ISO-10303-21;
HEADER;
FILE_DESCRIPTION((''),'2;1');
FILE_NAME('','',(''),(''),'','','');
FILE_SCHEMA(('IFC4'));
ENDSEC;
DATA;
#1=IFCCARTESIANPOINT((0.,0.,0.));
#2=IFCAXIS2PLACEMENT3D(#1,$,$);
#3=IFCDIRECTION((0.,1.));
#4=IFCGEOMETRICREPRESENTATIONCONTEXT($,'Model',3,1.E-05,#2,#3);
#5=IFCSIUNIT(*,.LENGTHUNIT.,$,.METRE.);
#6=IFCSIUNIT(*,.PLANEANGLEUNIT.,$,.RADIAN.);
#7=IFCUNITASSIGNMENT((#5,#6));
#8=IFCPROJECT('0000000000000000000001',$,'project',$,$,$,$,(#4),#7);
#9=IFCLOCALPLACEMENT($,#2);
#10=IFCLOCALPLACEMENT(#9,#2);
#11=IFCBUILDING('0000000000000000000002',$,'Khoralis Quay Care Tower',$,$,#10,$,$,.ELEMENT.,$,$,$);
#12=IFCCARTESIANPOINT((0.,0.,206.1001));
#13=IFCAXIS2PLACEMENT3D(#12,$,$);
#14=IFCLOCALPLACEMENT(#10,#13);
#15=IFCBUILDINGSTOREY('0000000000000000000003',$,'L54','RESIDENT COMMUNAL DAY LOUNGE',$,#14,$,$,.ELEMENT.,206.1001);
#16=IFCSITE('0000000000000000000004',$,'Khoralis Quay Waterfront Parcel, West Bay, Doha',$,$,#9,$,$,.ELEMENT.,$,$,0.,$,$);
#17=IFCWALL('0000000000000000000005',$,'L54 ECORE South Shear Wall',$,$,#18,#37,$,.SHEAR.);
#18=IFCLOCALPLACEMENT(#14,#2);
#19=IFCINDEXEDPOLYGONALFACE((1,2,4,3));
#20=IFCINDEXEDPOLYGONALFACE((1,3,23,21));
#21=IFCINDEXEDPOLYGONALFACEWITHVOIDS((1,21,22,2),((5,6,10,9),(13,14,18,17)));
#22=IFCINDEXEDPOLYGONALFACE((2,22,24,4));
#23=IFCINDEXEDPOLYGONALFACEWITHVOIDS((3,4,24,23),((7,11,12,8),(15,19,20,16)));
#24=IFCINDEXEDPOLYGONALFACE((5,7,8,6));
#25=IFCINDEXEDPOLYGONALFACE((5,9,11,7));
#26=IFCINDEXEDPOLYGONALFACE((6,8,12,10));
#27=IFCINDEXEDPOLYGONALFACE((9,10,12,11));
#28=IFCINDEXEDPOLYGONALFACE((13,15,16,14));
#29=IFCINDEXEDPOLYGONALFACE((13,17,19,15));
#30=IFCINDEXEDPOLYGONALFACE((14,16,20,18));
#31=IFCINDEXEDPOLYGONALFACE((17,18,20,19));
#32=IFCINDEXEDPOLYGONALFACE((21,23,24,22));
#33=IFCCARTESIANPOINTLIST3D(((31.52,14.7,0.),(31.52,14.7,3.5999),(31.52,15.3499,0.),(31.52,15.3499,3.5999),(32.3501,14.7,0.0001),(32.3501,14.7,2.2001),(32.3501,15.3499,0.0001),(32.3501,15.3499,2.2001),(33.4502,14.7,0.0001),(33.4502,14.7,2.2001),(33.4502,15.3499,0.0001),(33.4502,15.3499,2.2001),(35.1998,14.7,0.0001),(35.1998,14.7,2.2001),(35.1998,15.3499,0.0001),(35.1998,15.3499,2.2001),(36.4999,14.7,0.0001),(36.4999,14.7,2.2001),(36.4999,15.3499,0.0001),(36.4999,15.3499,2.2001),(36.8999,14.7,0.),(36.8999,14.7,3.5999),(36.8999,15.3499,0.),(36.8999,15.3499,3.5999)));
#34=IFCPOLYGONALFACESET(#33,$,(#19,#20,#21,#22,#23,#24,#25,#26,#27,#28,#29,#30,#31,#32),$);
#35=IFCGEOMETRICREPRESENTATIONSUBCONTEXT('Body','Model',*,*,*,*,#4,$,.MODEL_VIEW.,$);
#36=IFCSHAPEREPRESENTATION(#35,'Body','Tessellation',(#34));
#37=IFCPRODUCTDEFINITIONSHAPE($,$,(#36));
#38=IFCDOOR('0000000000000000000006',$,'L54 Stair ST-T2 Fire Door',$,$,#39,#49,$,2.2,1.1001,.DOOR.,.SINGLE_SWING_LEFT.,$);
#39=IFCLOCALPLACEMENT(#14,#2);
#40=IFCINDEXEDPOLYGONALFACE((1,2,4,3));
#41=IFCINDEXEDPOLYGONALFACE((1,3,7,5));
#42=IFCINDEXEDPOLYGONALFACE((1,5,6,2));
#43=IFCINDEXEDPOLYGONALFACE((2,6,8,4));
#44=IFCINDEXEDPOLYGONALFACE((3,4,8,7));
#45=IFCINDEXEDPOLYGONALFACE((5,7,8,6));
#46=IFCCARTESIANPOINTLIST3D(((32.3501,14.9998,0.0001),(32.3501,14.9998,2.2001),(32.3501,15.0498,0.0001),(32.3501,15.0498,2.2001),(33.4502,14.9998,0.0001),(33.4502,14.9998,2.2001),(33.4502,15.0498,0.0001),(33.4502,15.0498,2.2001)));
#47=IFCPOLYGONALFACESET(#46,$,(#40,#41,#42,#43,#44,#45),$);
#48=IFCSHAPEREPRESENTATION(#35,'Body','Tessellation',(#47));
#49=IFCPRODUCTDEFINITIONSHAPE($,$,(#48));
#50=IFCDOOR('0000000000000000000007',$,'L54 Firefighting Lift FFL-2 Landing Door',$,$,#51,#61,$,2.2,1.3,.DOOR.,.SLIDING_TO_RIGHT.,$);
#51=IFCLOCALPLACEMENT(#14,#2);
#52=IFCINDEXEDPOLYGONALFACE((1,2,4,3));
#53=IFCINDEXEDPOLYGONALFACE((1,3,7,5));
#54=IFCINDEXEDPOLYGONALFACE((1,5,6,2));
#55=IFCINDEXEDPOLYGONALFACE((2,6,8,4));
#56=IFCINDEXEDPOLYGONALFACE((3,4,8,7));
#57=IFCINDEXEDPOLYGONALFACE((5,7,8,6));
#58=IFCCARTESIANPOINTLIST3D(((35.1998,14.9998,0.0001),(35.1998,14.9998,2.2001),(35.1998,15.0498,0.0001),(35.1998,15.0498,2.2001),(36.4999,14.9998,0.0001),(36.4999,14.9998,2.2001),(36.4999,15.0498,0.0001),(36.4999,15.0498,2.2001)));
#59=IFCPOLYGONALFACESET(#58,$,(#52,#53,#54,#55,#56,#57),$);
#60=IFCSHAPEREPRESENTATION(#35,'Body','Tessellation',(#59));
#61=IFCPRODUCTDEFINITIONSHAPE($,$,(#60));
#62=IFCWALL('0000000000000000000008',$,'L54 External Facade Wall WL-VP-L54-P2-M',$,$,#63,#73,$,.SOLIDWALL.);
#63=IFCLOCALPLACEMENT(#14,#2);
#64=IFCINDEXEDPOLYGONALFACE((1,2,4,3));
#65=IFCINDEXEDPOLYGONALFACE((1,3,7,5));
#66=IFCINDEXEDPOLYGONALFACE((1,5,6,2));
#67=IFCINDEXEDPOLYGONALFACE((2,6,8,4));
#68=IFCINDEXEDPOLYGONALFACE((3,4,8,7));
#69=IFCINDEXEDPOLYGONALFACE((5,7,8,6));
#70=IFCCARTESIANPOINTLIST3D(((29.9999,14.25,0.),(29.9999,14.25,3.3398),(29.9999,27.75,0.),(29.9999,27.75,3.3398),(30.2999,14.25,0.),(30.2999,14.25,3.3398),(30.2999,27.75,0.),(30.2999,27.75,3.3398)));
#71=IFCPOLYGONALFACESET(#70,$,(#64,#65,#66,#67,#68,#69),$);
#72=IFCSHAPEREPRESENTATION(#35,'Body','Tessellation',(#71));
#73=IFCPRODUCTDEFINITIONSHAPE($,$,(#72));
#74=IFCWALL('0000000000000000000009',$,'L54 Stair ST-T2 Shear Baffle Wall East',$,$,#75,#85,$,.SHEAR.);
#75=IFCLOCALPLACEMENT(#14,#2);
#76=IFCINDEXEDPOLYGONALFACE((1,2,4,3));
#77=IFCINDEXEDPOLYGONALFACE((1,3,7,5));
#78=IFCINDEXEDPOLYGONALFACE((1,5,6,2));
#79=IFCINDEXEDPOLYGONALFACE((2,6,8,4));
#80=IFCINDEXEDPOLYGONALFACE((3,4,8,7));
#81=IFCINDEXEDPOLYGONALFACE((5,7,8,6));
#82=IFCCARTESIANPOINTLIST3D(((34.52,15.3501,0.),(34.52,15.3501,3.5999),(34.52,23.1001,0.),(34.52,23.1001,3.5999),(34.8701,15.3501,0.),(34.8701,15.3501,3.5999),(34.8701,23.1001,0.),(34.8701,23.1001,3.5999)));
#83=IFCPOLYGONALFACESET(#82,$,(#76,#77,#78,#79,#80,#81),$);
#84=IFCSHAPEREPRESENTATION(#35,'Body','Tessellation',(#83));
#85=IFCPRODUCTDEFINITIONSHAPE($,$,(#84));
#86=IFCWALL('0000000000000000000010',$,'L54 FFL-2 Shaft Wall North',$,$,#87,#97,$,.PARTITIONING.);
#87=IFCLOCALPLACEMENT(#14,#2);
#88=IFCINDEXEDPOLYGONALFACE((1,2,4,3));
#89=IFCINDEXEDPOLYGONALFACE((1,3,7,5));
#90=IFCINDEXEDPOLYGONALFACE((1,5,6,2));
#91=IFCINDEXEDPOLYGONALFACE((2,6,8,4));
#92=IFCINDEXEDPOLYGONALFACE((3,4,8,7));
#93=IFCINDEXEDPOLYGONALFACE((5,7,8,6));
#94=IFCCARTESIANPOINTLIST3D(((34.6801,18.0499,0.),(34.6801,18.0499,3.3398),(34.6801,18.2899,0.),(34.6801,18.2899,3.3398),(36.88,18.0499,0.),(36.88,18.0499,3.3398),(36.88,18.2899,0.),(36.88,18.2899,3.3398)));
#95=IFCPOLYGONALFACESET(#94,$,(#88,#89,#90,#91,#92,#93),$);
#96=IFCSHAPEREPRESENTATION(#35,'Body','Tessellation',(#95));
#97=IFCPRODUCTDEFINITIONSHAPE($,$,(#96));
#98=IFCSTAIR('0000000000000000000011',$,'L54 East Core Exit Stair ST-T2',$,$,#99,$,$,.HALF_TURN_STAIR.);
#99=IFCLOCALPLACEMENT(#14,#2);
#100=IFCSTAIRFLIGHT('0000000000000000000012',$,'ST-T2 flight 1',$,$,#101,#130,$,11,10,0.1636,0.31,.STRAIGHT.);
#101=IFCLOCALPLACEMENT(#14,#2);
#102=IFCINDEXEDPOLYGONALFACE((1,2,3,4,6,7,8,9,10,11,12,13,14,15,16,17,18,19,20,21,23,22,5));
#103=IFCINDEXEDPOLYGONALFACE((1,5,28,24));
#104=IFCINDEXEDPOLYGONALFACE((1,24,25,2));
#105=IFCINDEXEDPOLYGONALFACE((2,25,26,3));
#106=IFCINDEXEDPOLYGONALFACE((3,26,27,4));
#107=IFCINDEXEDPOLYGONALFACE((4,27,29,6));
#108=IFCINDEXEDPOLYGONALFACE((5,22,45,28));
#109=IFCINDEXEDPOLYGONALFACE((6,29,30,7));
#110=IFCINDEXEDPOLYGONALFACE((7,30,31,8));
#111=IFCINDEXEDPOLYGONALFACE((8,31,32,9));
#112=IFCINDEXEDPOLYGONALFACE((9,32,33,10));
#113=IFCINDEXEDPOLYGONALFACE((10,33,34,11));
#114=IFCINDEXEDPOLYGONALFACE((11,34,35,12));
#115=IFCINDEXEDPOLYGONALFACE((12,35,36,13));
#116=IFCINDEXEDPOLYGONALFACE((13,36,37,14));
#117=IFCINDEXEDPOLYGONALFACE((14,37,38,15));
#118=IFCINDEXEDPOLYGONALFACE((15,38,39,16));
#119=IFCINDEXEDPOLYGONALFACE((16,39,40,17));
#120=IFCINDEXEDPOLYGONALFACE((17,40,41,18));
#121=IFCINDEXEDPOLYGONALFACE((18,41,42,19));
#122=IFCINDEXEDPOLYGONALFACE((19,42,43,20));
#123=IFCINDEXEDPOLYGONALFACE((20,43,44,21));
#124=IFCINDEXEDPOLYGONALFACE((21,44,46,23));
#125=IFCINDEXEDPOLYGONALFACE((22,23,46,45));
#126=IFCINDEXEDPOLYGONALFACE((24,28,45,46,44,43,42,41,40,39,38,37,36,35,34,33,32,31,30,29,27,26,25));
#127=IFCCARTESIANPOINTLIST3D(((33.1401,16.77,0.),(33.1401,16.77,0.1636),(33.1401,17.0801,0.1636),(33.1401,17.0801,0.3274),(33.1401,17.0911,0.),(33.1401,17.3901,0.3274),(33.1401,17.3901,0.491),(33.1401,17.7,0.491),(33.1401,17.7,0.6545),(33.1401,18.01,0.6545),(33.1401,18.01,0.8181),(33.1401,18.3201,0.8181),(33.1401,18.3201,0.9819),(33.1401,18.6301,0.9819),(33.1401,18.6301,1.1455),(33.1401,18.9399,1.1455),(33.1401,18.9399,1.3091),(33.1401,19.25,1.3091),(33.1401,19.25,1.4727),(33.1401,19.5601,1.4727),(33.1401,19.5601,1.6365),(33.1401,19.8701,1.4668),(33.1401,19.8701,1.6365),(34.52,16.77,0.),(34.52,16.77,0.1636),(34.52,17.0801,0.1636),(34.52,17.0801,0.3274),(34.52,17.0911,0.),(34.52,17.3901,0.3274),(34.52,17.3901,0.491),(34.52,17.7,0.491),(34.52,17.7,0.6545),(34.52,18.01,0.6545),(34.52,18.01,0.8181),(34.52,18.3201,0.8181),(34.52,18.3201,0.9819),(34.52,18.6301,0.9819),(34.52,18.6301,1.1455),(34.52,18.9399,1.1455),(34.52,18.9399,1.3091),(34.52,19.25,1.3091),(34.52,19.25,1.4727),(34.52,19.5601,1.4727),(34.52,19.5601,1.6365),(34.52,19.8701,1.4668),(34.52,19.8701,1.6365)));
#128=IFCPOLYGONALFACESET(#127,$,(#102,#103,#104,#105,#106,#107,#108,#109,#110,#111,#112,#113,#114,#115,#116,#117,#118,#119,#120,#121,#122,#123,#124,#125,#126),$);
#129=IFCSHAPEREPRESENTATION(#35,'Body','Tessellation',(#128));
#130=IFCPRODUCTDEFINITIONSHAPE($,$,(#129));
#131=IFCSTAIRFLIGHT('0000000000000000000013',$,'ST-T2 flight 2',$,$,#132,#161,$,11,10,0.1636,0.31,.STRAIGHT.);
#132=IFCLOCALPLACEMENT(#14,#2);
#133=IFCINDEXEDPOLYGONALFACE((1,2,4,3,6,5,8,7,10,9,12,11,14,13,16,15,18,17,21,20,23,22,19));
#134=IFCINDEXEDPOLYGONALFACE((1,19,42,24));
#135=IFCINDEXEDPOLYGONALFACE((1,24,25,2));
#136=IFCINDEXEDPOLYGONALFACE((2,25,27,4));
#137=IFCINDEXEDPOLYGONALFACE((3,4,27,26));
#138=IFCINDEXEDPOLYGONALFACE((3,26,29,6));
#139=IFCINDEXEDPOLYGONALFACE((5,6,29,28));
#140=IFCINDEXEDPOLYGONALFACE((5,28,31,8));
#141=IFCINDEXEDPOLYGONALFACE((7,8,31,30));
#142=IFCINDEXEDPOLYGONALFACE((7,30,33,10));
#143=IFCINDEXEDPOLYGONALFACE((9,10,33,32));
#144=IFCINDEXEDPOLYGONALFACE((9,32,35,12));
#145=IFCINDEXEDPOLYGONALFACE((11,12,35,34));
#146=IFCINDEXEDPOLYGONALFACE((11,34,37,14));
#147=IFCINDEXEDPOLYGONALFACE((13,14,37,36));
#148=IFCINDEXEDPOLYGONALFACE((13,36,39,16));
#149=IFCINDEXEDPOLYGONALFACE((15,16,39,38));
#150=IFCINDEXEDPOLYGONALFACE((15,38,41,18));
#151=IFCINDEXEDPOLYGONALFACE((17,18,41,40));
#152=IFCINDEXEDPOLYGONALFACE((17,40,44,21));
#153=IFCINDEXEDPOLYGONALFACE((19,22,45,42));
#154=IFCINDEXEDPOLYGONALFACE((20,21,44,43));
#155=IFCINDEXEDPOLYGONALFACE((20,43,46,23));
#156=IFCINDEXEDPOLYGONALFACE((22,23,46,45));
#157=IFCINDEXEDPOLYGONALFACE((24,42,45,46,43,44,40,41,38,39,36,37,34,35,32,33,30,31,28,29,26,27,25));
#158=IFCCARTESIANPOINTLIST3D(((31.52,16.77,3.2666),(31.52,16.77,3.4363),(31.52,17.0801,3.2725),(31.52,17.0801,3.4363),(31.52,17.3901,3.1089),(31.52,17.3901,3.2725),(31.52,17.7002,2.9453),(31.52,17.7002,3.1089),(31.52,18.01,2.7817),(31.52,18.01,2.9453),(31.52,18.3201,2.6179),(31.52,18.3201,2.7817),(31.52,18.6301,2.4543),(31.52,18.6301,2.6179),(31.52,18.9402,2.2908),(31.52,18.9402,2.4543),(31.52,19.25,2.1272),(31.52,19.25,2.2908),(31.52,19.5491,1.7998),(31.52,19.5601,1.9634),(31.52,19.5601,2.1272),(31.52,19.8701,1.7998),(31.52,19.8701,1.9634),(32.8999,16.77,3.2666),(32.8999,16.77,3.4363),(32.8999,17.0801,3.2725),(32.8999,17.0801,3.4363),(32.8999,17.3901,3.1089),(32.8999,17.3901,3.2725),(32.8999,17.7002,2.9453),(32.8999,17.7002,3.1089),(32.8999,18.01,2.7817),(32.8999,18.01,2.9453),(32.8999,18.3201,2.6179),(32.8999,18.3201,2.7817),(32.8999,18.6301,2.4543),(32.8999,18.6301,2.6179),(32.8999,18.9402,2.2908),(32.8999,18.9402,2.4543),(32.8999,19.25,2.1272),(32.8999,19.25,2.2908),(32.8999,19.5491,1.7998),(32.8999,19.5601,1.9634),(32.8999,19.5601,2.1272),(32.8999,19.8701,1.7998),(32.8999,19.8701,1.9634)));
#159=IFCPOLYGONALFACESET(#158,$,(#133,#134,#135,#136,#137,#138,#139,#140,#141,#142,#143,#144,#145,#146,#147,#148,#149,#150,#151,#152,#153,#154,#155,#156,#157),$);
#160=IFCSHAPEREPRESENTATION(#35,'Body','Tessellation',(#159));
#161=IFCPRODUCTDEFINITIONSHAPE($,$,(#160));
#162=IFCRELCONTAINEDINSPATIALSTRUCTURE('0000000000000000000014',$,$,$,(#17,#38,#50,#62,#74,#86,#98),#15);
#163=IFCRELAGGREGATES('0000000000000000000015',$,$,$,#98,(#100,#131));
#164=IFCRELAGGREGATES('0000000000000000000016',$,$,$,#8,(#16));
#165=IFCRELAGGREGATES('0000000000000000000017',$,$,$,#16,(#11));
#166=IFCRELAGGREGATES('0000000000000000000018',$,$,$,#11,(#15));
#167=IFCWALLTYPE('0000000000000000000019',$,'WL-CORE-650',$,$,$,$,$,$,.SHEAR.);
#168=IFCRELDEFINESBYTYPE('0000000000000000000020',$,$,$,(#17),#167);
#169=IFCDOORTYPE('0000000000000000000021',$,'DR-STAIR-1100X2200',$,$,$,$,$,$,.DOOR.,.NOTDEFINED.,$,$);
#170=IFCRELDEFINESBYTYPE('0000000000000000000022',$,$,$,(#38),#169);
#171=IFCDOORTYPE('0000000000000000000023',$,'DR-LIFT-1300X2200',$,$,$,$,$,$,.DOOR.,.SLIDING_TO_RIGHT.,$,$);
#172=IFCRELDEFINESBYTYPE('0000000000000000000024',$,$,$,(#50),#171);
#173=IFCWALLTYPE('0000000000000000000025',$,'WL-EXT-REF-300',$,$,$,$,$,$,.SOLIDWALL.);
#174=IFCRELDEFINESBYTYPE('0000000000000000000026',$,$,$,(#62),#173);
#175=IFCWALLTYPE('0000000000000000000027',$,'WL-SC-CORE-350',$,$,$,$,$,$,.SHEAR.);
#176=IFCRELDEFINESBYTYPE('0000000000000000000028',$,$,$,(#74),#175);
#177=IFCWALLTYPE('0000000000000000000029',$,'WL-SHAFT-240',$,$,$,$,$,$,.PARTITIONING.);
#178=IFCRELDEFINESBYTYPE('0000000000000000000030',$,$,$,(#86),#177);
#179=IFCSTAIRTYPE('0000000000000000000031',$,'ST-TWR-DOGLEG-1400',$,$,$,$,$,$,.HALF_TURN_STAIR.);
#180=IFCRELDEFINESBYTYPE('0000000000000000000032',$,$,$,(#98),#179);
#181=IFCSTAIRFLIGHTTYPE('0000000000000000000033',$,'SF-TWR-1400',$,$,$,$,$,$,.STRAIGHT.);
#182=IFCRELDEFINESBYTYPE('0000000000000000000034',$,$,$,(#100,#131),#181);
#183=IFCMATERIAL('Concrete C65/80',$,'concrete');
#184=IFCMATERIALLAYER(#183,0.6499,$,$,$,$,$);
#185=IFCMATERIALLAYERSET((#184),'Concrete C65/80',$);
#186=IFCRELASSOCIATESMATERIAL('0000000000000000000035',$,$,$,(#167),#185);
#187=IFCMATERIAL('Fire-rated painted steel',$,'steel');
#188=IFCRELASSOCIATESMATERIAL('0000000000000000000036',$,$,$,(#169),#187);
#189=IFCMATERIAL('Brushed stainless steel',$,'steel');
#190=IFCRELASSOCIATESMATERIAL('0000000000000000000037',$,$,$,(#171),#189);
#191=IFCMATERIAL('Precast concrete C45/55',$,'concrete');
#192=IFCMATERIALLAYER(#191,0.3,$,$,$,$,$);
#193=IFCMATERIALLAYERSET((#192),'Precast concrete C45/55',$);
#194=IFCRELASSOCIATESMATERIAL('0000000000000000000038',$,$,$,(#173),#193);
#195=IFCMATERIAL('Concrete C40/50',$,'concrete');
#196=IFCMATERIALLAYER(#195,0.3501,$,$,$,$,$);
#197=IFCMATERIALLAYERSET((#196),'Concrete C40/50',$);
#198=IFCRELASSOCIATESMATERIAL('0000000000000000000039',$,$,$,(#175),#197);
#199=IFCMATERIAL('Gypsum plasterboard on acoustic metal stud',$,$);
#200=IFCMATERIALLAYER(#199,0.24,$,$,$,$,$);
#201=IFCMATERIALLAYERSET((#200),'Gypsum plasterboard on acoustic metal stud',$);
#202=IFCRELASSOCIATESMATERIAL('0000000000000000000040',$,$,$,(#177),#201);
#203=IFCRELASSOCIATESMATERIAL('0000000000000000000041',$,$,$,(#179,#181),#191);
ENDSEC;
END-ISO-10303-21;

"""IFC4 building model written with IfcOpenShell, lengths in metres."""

from ifc_helpers import new_model, si_unit, direction, frame, frame_2d, origin, place, context, subcontext, project, spatial, polyline, rectangle, outline, extrude, source, transform, mapped, material, layer, layer_set, type_object, element, fill, aggregate, save


model = new_model("IFC4")

# Units and contexts
model_context = context("Model", 3, precision=1e-05, world=origin(), true_north=direction((0.0, 1.0)))
body_context = subcontext(model_context, "Body", "Model", "MODEL_VIEW")
ifc_project = project(units=[si_unit("LENGTHUNIT", "METRE"), si_unit("PLANEANGLEUNIT", "RADIAN")], contexts=[model_context])

# Site, building, storey
site_placement = place(None, origin())
site = spatial("IfcSite", under=ifc_project, at=site_placement, Name="Khoralis Quay Waterfront Parcel, West Bay, Doha", CompositionType="ELEMENT", RefElevation=0.0)
building_placement = place(site_placement, origin())
building = spatial("IfcBuilding", under=site, at=building_placement, Name="Khoralis Quay Care Tower", CompositionType="ELEMENT")
storey_placement = place(building_placement, frame((0.0, 0.0, 206.1001)))
storey = spatial("IfcBuildingStorey", under=building, at=storey_placement, Name="L54", Description="RESIDENT COMMUNAL DAY LOUNGE", CompositionType="ELEMENT", Elevation=206.1001)

# Shared definitions
ifc_material_1 = material(Name="Gypsum plasterboard on acoustic metal stud")
ifc_material_2 = material(Name="Concrete C65/80", Category="concrete")
ifc_layer_1 = layer(ifc_material_2, 0.6499)
ifc_layer_set_1 = layer_set([ifc_layer_1], Name="Concrete C65/80")
wall_type_1 = type_object("IfcWallType", Name="WL-CORE-650", PredefinedType="SHEAR", material=ifc_layer_set_1)

# Wall, openings, doors
wall_1_placement = place(storey_placement, frame((31.52, 15.0249, 0.0), z_axis=(0.0, 0.0, 1.0), x_axis=(1.0, 0.0, 0.0)))
wall_1 = element("IfcWall", 1, at=wall_1_placement, inside=storey, type_object=wall_type_1, Name="L54 ECORE South Shear Wall", PredefinedType="SHEAR", context=body_context, shape_type="SweptSolid", body=[
    extrude(rectangle(XDim=5.3799, YDim=0.6499, at=frame_2d((2.6899, 0.0))), origin(), (0.0, 0.0, 1.0), 3.5999),
])
opening_1_placement = place(wall_1_placement, frame((0.8301, 0.0, 0.0)))
opening_1 = element("IfcOpeningElement", 2, at=opening_1_placement, cuts=wall_1, PredefinedType="OPENING", context=body_context, shape_type="SweptSolid", body=[
    extrude(rectangle(XDim=1.1001, YDim=2.2, at=frame_2d((0.55, 1.1001))), frame((0.0, 0.335, 0.0), z_axis=(0.0, -1.0, 0.0), x_axis=(1.0, 0.0, 0.0)), (0.0, 0.0, 1.0), 0.6699),
])
opening_2_placement = place(wall_1_placement, frame((3.6799, 0.0, 0.0)))
opening_2 = element("IfcOpeningElement", 3, at=opening_2_placement, cuts=wall_1, PredefinedType="OPENING", context=body_context, shape_type="SweptSolid", body=[
    extrude(rectangle(XDim=1.3, YDim=2.2, at=frame_2d((0.6499, 1.1001))), frame((0.0, 0.335, 0.0), z_axis=(0.0, -1.0, 0.0), x_axis=(1.0, 0.0, 0.0)), (0.0, 0.0, 1.0), 0.6699),
])
ifc_material_3 = material(Name="Fire-rated painted steel", Category="steel")
door_type_1 = type_object("IfcDoorType", Name="DR-STAIR-1100X2200", OperationType="NOTDEFINED", PredefinedType="DOOR", material=ifc_material_3)
shared_shape_1 = source(origin(), body_context, "Body", "SweptSolid", [
    extrude(rectangle(XDim=1.1001, YDim=2.2, at=frame_2d((0.55, 1.1001))), frame((0.0, 0.0249, 0.0), z_axis=(0.0, -1.0, 0.0), x_axis=(1.0, 0.0, 0.0)), (0.0, 0.0, 1.0), 0.05),
])
door_1_placement = place(opening_1_placement, origin())
door_1 = element("IfcDoor", 4, at=door_1_placement, inside=storey, type_object=door_type_1, Name="L54 Stair ST-T2 Fire Door", OperationType="SINGLE_SWING_LEFT", OverallHeight=2.2, OverallWidth=1.1001, PredefinedType="DOOR", context=body_context, shape_type="MappedRepresentation", body=[
    mapped(shared_shape_1, transform((0.0, 0.0, 0.0), scale=1.0)),
])
fill(opening_1, door_1)
ifc_material_4 = material(Name="Brushed stainless steel", Category="steel")
door_type_2 = type_object("IfcDoorType", Name="DR-LIFT-1300X2200", OperationType="SLIDING_TO_RIGHT", PredefinedType="DOOR", material=ifc_material_4)
shared_shape_2 = source(origin(), body_context, "Body", "SweptSolid", [
    extrude(rectangle(XDim=1.3, YDim=2.2, at=frame_2d((0.6499, 1.1001))), frame((0.0, 0.0249, 0.0), z_axis=(0.0, -1.0, 0.0), x_axis=(1.0, 0.0, 0.0)), (0.0, 0.0, 1.0), 0.05),
])
door_2_placement = place(opening_2_placement, origin())
door_2 = element("IfcDoor", 5, at=door_2_placement, inside=storey, type_object=door_type_2, Name="L54 Firefighting Lift FFL-2 Landing Door", OperationType="SLIDING_TO_RIGHT", OverallHeight=2.2, OverallWidth=1.3, PredefinedType="DOOR", context=body_context, shape_type="MappedRepresentation", body=[
    mapped(shared_shape_2, transform((0.0, 0.0, 0.0), scale=1.0)),
])
fill(opening_2, door_2)

# Walls
ifc_material_5 = material(Name="Precast concrete C45/55", Category="concrete")
ifc_layer_2 = layer(ifc_material_5, 0.3)
ifc_layer_set_2 = layer_set([ifc_layer_2], Name="Precast concrete C45/55")
wall_type_2 = type_object("IfcWallType", Name="WL-EXT-REF-300", PredefinedType="SOLIDWALL", material=ifc_layer_set_2)
wall_2_placement = place(storey_placement, frame((30.1499, 14.25, 0.0), z_axis=(0.0, 0.0, 1.0), x_axis=(0.0, 1.0, 0.0)))
element("IfcWall", 6, at=wall_2_placement, inside=storey, type_object=wall_type_2, Name="L54 External Facade Wall WL-VP-L54-P2-M", PredefinedType="SOLIDWALL", context=body_context, shape_type="SweptSolid", body=[
    extrude(rectangle(XDim=13.5, YDim=0.3, at=frame_2d((6.75, 0.0))), origin(), (0.0, 0.0, 1.0), 3.3398),
])
ifc_material_6 = material(Name="Concrete C40/50", Category="concrete")
ifc_layer_3 = layer(ifc_material_6, 0.3501)
ifc_layer_set_3 = layer_set([ifc_layer_3], Name="Concrete C40/50")
wall_type_3 = type_object("IfcWallType", Name="WL-SC-CORE-350", PredefinedType="SHEAR", material=ifc_layer_set_3)
wall_3_placement = place(storey_placement, frame((34.6951, 15.3501, 0.0), z_axis=(0.0, 0.0, 1.0), x_axis=(0.0, 1.0, 0.0)))
element("IfcWall", 7, at=wall_3_placement, inside=storey, type_object=wall_type_3, Name="L54 Stair ST-T2 Shear Baffle Wall East", PredefinedType="SHEAR", context=body_context, shape_type="SweptSolid", body=[
    extrude(rectangle(XDim=7.75, YDim=0.3501, at=frame_2d((3.875, 0.0))), origin(), (0.0, 0.0, 1.0), 3.5999),
])
ifc_layer_4 = layer(ifc_material_1, 0.24)
ifc_layer_set_4 = layer_set([ifc_layer_4], Name="Gypsum plasterboard on acoustic metal stud")
wall_type_4 = type_object("IfcWallType", Name="WL-SHAFT-240", PredefinedType="PARTITIONING", material=ifc_layer_set_4)
wall_4_placement = place(storey_placement, frame((34.6799, 18.1699, 0.0), z_axis=(0.0, 0.0, 1.0), x_axis=(1.0, 0.0, 0.0)))
element("IfcWall", 8, at=wall_4_placement, inside=storey, type_object=wall_type_4, Name="L54 FFL-2 Shaft Wall North", PredefinedType="PARTITIONING", context=body_context, shape_type="SweptSolid", body=[
    extrude(rectangle(XDim=2.2, YDim=0.24, at=frame_2d((1.1001, 0.0))), origin(), (0.0, 0.0, 1.0), 3.3398),
])

# Stair, stair flights
stair_type = type_object("IfcStairType", Name="ST-TWR-DOGLEG-1400", PredefinedType="HALF_TURN_STAIR", material=ifc_material_5)
stair_placement = place(storey_placement, origin())
stair = element("IfcStair", 9, at=stair_placement, inside=storey, type_object=stair_type, Name="L54 East Core Exit Stair ST-T2", PredefinedType="HALF_TURN_STAIR")
stair_flight_type = type_object("IfcStairFlightType", Name="SF-TWR-1400", PredefinedType="STRAIGHT", material=ifc_material_5)
shared_shape_3 = source(origin(), body_context, "Body", "SweptSolid", [
    extrude(outline(polyline([(0.0, 0.0), (0.0, 0.1636), (0.3101, 0.1636), (0.3101, 0.3274), (0.6201, 0.3274), (0.6201, 0.491), (0.9299, 0.491), (0.9299, 0.6545), (1.24, 0.6545), (1.24, 0.8181), (1.55, 0.8181), (1.55, 0.9819), (1.8601, 0.9819), (1.8601, 1.1455), (2.1699, 1.1455), (2.1699, 1.3091), (2.48, 1.3091), (2.48, 1.4727), (2.79, 1.4727), (2.79, 1.6365), (3.1001, 1.6365), (3.1001, 1.8), (3.1001, 1.4668), (0.321, 0.0), (0.0, 0.0)])), frame((0.0, 0.6899, 0.0), z_axis=(0.0, -1.0, 0.0), x_axis=(1.0, 0.0, 0.0)), (0.0, 0.0, 1.0), 1.3799),
])
stair_flight_1_placement = place(storey_placement, frame((33.8301, 16.77, 0.0), z_axis=(0.0, 0.0, 1.0), x_axis=(0.0, 1.0, 0.0)))
stair_flight_1 = element("IfcStairFlight", 10, at=stair_flight_1_placement, type_object=stair_flight_type, Name="ST-T2 flight 1", NumberOfRisers=11, NumberOfTreads=10, PredefinedType="STRAIGHT", RiserHeight=0.1636, TreadLength=0.31, context=body_context, shape_type="MappedRepresentation", body=[
    mapped(shared_shape_3, transform((0.0, 0.0, 0.0), scale=1.0)),
])
stair_flight_2_placement = place(storey_placement, frame((32.21, 19.8701, 1.7998), z_axis=(0.0, 0.0, 1.0), x_axis=(0.0, -1.0, 0.0)))
stair_flight_2 = element("IfcStairFlight", 11, at=stair_flight_2_placement, type_object=stair_flight_type, Name="ST-T2 flight 2", NumberOfRisers=11, NumberOfTreads=10, PredefinedType="STRAIGHT", RiserHeight=0.1636, TreadLength=0.31, context=body_context, shape_type="MappedRepresentation", body=[
    mapped(shared_shape_3, transform((0.0, 0.0, 0.0), scale=1.0)),
])
aggregate(stair, [stair_flight_1, stair_flight_2])

save(model, "model.ifc")
